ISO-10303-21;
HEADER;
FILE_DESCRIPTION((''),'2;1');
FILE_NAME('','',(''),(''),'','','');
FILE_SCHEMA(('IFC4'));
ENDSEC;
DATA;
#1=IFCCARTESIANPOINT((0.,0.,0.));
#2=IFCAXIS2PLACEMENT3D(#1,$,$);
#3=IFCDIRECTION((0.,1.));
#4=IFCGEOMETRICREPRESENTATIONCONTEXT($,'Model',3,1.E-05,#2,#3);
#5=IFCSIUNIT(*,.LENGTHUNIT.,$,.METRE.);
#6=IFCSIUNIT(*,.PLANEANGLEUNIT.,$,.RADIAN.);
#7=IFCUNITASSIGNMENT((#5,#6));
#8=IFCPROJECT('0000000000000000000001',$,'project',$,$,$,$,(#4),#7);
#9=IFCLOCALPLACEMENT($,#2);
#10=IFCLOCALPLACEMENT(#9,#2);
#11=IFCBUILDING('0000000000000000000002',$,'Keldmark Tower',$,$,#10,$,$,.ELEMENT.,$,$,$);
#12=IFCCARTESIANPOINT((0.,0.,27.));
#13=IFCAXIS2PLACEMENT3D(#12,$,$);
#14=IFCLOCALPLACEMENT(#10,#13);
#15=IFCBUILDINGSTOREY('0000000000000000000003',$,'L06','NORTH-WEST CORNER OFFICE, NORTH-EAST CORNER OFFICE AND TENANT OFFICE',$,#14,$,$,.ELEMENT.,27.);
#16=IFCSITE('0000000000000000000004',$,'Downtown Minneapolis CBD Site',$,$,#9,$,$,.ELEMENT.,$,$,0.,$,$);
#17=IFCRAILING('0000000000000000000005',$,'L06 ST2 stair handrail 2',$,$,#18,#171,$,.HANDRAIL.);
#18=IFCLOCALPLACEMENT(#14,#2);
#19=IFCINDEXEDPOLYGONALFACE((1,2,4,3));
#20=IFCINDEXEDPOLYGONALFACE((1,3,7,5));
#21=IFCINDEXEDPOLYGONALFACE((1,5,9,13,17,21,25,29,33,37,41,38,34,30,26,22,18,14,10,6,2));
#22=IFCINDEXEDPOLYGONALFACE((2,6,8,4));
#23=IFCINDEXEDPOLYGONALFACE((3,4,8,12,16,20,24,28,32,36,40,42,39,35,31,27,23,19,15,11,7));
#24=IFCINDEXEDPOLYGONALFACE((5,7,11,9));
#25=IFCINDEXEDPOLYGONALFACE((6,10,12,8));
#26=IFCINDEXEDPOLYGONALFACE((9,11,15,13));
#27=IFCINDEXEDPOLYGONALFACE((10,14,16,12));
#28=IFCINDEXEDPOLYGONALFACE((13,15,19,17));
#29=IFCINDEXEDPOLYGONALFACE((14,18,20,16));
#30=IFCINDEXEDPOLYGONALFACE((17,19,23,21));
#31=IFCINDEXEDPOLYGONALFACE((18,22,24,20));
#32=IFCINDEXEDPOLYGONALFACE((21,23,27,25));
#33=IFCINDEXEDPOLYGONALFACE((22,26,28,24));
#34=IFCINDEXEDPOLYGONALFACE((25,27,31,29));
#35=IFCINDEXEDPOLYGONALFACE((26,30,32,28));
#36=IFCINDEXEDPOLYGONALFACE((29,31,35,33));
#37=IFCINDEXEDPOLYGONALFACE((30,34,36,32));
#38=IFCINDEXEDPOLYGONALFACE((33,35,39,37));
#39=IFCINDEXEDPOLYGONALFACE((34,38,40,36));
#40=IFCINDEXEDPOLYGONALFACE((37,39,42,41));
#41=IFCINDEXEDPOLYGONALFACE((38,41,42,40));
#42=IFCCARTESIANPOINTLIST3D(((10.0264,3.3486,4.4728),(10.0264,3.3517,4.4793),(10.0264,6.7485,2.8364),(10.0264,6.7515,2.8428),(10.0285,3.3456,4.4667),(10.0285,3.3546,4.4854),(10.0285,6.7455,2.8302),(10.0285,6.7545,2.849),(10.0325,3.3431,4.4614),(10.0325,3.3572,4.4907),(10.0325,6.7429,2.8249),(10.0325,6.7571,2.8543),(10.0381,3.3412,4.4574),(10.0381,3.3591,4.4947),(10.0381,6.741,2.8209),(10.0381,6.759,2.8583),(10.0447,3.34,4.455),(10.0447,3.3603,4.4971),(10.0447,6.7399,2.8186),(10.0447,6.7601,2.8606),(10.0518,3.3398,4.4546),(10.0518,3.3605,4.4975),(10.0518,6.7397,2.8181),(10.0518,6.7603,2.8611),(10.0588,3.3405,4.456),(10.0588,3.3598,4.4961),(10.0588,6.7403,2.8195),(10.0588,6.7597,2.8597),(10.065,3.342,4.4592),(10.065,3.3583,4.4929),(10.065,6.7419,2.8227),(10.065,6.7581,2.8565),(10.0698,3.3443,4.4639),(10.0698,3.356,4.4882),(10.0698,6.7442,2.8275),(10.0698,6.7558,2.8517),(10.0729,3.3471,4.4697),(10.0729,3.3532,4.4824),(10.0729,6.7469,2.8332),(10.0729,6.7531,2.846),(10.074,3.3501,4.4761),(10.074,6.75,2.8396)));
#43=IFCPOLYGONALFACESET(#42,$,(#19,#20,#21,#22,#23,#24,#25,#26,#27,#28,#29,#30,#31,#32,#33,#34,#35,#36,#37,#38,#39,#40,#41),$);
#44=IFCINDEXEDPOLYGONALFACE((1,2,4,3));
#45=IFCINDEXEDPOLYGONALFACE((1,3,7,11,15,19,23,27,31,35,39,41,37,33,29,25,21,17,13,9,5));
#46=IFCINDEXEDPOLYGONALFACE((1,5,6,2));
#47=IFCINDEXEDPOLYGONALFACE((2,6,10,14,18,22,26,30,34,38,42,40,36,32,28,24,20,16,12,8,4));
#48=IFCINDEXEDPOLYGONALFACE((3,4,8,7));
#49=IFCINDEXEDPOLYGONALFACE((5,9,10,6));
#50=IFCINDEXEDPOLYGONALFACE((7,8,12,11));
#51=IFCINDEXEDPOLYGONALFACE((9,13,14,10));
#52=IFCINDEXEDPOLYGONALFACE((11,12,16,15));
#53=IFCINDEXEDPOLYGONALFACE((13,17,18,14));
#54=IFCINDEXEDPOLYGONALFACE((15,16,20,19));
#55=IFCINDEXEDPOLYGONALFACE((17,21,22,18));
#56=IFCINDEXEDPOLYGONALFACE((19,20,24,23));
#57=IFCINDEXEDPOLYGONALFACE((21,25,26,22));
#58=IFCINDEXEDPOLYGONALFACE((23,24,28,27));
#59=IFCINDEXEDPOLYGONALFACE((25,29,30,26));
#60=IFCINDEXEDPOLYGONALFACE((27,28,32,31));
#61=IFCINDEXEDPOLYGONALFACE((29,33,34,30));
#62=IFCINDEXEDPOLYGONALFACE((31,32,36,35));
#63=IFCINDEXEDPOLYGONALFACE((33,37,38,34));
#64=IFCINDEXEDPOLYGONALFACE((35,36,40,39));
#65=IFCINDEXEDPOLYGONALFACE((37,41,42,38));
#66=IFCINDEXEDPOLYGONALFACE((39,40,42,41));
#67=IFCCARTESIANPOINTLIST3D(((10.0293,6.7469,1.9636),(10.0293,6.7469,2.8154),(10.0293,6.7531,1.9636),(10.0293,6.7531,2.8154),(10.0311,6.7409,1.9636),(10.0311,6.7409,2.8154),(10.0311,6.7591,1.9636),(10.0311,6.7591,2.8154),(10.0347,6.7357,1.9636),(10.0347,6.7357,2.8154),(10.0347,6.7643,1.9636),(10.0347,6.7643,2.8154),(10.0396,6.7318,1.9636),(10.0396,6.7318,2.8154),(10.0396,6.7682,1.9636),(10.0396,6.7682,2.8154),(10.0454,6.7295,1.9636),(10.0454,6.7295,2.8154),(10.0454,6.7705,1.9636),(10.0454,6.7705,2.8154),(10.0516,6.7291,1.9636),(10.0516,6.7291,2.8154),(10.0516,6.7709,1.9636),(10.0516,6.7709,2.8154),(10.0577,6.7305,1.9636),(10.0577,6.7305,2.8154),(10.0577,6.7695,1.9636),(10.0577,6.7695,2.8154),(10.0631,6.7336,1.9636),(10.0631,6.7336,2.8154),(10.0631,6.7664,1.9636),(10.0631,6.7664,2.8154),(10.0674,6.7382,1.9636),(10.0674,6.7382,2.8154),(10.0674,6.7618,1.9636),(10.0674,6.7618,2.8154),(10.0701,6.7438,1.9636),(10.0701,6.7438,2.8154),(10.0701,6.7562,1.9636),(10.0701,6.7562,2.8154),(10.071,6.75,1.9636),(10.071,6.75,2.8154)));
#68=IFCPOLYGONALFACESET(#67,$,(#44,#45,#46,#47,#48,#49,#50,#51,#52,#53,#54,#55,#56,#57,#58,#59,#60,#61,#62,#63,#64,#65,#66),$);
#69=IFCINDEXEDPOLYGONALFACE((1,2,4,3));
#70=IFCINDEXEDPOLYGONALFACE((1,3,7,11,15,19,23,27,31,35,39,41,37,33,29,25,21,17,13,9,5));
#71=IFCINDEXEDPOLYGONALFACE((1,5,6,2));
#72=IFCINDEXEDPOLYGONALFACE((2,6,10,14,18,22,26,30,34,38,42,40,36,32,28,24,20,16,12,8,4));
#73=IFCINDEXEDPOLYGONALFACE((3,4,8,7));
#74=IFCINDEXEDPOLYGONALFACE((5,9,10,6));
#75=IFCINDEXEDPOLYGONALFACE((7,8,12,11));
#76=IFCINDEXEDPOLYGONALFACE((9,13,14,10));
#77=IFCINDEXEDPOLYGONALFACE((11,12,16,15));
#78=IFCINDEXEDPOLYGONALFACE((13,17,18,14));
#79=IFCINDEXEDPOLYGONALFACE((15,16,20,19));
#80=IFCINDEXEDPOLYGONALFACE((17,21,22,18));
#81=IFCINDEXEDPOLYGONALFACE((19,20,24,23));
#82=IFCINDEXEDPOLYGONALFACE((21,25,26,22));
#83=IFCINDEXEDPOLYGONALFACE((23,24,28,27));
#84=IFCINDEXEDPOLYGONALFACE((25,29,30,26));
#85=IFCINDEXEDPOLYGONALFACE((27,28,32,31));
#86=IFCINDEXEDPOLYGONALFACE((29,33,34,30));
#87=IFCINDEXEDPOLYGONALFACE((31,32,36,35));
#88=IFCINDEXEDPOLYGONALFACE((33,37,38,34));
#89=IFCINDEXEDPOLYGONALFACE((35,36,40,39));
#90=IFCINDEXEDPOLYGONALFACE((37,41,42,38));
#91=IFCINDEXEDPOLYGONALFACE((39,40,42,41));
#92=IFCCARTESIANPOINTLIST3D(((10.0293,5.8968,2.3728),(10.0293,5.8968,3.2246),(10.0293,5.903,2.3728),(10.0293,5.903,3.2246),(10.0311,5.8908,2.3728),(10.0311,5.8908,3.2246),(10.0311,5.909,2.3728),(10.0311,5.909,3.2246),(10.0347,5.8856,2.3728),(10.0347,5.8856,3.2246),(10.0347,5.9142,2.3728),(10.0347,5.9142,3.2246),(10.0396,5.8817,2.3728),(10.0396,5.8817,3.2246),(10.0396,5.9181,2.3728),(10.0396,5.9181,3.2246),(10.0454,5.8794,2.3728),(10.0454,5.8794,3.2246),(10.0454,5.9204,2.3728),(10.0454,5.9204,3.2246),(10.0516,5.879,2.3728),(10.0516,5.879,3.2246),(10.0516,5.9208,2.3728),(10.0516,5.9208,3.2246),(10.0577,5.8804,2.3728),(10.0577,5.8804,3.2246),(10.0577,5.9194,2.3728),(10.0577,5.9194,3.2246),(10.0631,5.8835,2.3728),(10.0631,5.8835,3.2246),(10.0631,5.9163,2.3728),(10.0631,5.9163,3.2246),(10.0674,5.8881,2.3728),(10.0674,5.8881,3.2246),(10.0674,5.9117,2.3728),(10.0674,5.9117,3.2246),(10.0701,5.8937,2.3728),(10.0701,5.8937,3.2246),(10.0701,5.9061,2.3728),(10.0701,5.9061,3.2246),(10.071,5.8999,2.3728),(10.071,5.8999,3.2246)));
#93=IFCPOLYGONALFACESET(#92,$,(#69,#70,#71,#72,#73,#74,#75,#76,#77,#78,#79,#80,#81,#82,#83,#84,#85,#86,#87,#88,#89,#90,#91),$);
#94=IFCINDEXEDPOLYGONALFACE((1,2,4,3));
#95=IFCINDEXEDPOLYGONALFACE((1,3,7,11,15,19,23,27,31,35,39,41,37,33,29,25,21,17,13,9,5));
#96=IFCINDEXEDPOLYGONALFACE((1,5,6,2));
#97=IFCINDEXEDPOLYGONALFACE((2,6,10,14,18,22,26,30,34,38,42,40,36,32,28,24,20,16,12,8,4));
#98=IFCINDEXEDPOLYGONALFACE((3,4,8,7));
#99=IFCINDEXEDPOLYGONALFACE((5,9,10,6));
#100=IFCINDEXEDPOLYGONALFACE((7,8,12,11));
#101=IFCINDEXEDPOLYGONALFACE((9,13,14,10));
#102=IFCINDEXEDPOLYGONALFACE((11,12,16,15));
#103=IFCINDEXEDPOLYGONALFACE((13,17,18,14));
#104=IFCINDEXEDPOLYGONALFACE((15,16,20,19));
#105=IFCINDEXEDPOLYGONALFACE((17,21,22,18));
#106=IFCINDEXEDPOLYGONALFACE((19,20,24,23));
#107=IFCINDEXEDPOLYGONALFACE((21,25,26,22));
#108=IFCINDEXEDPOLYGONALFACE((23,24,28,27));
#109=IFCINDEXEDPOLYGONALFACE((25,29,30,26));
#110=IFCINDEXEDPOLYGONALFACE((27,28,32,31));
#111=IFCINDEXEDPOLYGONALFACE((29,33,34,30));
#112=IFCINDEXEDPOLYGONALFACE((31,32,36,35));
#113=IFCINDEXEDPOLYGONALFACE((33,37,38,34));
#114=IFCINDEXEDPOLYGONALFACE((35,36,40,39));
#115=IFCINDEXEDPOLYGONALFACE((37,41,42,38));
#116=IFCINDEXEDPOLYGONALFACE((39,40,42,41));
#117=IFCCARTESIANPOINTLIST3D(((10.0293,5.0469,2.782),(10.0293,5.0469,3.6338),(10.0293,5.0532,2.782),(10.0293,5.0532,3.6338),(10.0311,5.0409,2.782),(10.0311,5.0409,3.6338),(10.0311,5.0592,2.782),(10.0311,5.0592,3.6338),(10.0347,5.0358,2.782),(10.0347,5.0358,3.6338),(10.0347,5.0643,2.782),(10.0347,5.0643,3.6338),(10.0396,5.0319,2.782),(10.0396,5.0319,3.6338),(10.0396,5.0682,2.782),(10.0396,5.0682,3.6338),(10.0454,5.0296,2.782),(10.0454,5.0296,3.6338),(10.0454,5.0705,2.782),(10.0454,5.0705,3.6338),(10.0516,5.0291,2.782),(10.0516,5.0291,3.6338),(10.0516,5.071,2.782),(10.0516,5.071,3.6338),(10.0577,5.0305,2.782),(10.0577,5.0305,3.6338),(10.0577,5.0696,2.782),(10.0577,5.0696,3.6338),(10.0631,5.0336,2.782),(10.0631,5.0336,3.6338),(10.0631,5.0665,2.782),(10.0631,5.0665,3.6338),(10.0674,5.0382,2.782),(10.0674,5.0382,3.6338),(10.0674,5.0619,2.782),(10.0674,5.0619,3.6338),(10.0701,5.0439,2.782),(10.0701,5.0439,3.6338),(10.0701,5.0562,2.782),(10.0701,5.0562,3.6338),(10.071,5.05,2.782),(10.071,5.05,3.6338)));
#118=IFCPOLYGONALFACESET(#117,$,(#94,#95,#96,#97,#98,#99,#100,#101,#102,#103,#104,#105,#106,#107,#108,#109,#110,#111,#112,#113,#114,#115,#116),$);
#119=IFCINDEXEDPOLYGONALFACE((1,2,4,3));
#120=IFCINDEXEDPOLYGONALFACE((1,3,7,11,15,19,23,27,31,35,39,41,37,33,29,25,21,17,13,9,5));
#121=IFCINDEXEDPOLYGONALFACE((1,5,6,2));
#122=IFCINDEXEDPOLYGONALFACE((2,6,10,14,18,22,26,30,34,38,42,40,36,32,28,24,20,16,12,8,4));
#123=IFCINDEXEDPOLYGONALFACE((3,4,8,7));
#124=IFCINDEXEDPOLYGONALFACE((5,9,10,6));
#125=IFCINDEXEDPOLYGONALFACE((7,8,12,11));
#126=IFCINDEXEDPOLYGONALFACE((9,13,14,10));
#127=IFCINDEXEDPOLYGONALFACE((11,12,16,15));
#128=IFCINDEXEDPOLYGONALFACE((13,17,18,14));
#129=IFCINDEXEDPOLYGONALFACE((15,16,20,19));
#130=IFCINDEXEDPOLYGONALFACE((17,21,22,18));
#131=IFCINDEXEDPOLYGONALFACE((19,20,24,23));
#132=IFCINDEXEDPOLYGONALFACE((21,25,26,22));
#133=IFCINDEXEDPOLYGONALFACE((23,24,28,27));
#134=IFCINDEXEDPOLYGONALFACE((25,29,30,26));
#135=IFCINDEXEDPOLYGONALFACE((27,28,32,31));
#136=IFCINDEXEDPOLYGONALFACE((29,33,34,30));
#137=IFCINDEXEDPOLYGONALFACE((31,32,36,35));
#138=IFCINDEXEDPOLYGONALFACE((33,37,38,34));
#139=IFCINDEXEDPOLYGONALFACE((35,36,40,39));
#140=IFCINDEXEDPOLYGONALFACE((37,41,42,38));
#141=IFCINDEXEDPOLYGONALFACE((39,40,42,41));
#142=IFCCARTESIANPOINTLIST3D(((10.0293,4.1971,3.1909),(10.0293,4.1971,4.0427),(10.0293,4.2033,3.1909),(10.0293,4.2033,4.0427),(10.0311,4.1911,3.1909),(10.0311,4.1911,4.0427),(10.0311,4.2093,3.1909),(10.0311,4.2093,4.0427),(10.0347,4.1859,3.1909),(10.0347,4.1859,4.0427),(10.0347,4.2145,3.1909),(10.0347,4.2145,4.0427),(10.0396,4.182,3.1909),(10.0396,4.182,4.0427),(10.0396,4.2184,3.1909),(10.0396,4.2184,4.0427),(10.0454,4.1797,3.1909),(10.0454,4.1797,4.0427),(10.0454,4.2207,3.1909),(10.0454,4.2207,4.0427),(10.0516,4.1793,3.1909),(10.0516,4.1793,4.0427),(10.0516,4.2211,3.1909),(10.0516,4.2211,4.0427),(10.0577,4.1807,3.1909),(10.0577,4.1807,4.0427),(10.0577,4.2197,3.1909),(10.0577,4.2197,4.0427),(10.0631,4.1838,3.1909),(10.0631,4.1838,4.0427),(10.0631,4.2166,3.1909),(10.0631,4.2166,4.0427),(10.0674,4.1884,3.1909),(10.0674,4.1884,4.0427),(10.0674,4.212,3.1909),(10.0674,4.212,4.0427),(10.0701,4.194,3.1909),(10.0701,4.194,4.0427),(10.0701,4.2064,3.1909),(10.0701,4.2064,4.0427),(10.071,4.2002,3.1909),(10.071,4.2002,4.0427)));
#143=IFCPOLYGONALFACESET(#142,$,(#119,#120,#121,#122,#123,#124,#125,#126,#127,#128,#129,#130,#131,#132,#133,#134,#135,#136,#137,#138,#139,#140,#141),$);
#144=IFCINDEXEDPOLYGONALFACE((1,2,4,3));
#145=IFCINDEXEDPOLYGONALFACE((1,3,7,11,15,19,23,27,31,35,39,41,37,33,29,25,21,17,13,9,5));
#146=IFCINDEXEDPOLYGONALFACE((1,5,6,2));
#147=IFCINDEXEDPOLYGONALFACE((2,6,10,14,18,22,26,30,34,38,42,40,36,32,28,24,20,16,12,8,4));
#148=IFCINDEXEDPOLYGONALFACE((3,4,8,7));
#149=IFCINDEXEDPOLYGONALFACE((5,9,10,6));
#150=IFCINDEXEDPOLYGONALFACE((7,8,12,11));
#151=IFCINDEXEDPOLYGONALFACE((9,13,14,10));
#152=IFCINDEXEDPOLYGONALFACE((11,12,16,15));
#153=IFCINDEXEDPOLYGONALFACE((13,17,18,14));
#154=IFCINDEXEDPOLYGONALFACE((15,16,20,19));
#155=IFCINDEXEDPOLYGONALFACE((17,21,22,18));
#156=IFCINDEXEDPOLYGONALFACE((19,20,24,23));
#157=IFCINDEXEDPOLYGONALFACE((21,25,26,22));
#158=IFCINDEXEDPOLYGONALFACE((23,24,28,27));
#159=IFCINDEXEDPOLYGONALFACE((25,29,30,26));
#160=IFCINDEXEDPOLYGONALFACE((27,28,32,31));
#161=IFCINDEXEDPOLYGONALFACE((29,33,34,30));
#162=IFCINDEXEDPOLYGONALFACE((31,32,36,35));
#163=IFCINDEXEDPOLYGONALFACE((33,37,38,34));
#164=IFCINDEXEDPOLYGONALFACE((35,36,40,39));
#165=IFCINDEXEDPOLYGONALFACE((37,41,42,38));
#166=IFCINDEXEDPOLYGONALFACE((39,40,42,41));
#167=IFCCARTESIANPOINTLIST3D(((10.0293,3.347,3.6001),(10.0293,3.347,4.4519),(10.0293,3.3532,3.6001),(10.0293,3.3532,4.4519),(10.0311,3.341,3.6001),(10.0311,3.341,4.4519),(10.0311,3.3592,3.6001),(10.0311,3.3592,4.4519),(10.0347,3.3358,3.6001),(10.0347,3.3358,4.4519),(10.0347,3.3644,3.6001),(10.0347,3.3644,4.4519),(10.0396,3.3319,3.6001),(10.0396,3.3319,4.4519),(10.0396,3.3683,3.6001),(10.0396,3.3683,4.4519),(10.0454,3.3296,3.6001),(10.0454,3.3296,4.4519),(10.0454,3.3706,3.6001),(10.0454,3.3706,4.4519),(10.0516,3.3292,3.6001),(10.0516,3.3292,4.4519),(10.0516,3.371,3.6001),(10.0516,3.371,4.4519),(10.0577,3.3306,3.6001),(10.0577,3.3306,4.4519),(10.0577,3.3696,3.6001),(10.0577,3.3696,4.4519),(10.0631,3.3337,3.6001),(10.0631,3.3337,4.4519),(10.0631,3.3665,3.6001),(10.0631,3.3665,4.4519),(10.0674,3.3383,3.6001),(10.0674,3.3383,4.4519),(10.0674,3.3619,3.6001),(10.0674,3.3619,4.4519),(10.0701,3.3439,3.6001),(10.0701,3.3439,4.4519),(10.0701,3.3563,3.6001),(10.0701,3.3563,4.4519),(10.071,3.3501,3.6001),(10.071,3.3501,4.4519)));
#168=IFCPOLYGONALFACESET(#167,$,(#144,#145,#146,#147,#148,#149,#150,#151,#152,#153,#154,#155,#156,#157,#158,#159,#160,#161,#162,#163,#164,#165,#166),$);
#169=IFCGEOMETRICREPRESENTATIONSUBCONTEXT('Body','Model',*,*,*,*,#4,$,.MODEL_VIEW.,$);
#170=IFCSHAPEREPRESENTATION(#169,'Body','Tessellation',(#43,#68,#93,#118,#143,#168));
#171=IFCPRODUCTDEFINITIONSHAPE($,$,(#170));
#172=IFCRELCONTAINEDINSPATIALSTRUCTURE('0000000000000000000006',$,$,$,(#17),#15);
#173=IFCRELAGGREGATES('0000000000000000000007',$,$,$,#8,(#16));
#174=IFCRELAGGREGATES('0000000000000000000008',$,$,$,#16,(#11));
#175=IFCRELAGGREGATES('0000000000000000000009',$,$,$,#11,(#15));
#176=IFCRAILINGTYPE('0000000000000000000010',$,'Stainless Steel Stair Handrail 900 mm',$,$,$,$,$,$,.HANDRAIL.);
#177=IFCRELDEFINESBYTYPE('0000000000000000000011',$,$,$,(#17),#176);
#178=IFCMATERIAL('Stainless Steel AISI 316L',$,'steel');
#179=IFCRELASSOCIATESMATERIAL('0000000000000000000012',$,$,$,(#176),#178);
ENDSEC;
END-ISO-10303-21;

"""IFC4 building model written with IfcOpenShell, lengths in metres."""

from ifc_helpers import new_model, si_unit, direction, frame, origin, origin_2d, place, context, subcontext, project, spatial, circle, extrude, material, type_object, element, save


model = new_model("IFC4")

# Units and contexts
model_context = context("Model", 3, precision=1e-05, world=origin(), true_north=direction((0.0, 1.0)))
body_context = subcontext(model_context, "Body", "Model", "MODEL_VIEW")
ifc_project = project(units=[si_unit("LENGTHUNIT", "METRE"), si_unit("PLANEANGLEUNIT", "RADIAN")], contexts=[model_context])

# Site, building, storey
site_placement = place(None, origin())
site = spatial("IfcSite", under=ifc_project, at=site_placement, Name="Downtown Minneapolis CBD Site", CompositionType="ELEMENT", RefElevation=0.0)
building_placement = place(site_placement, origin())
building = spatial("IfcBuilding", under=site, at=building_placement, Name="Keldmark Tower", CompositionType="ELEMENT")
storey_placement = place(building_placement, frame((0.0, 0.0, 27.0)))
storey = spatial("IfcBuildingStorey", under=building, at=storey_placement, Name="L06", Description="NORTH-WEST CORNER OFFICE, NORTH-EAST CORNER OFFICE AND TENANT OFFICE", CompositionType="ELEMENT", Elevation=27.0)

# Railing
ifc_material_1 = material(Name="Stainless Steel AISI 316L", Category="steel")
railing_type_1 = type_object("IfcRailingType", Name="Stainless Steel Stair Handrail 900 mm", PredefinedType="HANDRAIL", material=ifc_material_1)
railing_1_placement = place(storey_placement, frame((10.05, 6.75, 1.9636)))
element("IfcRailing", 1, at=railing_1_placement, inside=storey, type_object=railing_type_1, Name="L06 ST2 stair handrail 2", PredefinedType="HANDRAIL", context=body_context, shape_type="SweptSolid", body=[
    extrude(circle(Radius=0.0239, at=origin_2d()), frame((0.0, 0.0, 0.876), z_axis=(0.0, -0.901055, 0.433705), x_axis=(1.0, 0.0, 0.0)), (0.0, 0.0, 1.0), 3.7732),
    extrude(circle(Radius=0.021, at=origin_2d()), origin(), (0.0, 0.0, 1.0), 0.8518),
    extrude(circle(Radius=0.021, at=origin_2d()), frame((0.0, -0.8501, 0.4092)), (0.0, 0.0, 1.0), 0.8518),
    extrude(circle(Radius=0.021, at=origin_2d()), frame((0.0, -1.7, 0.8184)), (0.0, 0.0, 1.0), 0.8518),
    extrude(circle(Radius=0.021, at=origin_2d()), frame((0.0, -2.5498, 1.2273)), (0.0, 0.0, 1.0), 0.8518),
    extrude(circle(Radius=0.021, at=origin_2d()), frame((0.0, -3.3999, 1.6365)), (0.0, 0.0, 1.0), 0.8518),
])

save(model, "model.ifc")
